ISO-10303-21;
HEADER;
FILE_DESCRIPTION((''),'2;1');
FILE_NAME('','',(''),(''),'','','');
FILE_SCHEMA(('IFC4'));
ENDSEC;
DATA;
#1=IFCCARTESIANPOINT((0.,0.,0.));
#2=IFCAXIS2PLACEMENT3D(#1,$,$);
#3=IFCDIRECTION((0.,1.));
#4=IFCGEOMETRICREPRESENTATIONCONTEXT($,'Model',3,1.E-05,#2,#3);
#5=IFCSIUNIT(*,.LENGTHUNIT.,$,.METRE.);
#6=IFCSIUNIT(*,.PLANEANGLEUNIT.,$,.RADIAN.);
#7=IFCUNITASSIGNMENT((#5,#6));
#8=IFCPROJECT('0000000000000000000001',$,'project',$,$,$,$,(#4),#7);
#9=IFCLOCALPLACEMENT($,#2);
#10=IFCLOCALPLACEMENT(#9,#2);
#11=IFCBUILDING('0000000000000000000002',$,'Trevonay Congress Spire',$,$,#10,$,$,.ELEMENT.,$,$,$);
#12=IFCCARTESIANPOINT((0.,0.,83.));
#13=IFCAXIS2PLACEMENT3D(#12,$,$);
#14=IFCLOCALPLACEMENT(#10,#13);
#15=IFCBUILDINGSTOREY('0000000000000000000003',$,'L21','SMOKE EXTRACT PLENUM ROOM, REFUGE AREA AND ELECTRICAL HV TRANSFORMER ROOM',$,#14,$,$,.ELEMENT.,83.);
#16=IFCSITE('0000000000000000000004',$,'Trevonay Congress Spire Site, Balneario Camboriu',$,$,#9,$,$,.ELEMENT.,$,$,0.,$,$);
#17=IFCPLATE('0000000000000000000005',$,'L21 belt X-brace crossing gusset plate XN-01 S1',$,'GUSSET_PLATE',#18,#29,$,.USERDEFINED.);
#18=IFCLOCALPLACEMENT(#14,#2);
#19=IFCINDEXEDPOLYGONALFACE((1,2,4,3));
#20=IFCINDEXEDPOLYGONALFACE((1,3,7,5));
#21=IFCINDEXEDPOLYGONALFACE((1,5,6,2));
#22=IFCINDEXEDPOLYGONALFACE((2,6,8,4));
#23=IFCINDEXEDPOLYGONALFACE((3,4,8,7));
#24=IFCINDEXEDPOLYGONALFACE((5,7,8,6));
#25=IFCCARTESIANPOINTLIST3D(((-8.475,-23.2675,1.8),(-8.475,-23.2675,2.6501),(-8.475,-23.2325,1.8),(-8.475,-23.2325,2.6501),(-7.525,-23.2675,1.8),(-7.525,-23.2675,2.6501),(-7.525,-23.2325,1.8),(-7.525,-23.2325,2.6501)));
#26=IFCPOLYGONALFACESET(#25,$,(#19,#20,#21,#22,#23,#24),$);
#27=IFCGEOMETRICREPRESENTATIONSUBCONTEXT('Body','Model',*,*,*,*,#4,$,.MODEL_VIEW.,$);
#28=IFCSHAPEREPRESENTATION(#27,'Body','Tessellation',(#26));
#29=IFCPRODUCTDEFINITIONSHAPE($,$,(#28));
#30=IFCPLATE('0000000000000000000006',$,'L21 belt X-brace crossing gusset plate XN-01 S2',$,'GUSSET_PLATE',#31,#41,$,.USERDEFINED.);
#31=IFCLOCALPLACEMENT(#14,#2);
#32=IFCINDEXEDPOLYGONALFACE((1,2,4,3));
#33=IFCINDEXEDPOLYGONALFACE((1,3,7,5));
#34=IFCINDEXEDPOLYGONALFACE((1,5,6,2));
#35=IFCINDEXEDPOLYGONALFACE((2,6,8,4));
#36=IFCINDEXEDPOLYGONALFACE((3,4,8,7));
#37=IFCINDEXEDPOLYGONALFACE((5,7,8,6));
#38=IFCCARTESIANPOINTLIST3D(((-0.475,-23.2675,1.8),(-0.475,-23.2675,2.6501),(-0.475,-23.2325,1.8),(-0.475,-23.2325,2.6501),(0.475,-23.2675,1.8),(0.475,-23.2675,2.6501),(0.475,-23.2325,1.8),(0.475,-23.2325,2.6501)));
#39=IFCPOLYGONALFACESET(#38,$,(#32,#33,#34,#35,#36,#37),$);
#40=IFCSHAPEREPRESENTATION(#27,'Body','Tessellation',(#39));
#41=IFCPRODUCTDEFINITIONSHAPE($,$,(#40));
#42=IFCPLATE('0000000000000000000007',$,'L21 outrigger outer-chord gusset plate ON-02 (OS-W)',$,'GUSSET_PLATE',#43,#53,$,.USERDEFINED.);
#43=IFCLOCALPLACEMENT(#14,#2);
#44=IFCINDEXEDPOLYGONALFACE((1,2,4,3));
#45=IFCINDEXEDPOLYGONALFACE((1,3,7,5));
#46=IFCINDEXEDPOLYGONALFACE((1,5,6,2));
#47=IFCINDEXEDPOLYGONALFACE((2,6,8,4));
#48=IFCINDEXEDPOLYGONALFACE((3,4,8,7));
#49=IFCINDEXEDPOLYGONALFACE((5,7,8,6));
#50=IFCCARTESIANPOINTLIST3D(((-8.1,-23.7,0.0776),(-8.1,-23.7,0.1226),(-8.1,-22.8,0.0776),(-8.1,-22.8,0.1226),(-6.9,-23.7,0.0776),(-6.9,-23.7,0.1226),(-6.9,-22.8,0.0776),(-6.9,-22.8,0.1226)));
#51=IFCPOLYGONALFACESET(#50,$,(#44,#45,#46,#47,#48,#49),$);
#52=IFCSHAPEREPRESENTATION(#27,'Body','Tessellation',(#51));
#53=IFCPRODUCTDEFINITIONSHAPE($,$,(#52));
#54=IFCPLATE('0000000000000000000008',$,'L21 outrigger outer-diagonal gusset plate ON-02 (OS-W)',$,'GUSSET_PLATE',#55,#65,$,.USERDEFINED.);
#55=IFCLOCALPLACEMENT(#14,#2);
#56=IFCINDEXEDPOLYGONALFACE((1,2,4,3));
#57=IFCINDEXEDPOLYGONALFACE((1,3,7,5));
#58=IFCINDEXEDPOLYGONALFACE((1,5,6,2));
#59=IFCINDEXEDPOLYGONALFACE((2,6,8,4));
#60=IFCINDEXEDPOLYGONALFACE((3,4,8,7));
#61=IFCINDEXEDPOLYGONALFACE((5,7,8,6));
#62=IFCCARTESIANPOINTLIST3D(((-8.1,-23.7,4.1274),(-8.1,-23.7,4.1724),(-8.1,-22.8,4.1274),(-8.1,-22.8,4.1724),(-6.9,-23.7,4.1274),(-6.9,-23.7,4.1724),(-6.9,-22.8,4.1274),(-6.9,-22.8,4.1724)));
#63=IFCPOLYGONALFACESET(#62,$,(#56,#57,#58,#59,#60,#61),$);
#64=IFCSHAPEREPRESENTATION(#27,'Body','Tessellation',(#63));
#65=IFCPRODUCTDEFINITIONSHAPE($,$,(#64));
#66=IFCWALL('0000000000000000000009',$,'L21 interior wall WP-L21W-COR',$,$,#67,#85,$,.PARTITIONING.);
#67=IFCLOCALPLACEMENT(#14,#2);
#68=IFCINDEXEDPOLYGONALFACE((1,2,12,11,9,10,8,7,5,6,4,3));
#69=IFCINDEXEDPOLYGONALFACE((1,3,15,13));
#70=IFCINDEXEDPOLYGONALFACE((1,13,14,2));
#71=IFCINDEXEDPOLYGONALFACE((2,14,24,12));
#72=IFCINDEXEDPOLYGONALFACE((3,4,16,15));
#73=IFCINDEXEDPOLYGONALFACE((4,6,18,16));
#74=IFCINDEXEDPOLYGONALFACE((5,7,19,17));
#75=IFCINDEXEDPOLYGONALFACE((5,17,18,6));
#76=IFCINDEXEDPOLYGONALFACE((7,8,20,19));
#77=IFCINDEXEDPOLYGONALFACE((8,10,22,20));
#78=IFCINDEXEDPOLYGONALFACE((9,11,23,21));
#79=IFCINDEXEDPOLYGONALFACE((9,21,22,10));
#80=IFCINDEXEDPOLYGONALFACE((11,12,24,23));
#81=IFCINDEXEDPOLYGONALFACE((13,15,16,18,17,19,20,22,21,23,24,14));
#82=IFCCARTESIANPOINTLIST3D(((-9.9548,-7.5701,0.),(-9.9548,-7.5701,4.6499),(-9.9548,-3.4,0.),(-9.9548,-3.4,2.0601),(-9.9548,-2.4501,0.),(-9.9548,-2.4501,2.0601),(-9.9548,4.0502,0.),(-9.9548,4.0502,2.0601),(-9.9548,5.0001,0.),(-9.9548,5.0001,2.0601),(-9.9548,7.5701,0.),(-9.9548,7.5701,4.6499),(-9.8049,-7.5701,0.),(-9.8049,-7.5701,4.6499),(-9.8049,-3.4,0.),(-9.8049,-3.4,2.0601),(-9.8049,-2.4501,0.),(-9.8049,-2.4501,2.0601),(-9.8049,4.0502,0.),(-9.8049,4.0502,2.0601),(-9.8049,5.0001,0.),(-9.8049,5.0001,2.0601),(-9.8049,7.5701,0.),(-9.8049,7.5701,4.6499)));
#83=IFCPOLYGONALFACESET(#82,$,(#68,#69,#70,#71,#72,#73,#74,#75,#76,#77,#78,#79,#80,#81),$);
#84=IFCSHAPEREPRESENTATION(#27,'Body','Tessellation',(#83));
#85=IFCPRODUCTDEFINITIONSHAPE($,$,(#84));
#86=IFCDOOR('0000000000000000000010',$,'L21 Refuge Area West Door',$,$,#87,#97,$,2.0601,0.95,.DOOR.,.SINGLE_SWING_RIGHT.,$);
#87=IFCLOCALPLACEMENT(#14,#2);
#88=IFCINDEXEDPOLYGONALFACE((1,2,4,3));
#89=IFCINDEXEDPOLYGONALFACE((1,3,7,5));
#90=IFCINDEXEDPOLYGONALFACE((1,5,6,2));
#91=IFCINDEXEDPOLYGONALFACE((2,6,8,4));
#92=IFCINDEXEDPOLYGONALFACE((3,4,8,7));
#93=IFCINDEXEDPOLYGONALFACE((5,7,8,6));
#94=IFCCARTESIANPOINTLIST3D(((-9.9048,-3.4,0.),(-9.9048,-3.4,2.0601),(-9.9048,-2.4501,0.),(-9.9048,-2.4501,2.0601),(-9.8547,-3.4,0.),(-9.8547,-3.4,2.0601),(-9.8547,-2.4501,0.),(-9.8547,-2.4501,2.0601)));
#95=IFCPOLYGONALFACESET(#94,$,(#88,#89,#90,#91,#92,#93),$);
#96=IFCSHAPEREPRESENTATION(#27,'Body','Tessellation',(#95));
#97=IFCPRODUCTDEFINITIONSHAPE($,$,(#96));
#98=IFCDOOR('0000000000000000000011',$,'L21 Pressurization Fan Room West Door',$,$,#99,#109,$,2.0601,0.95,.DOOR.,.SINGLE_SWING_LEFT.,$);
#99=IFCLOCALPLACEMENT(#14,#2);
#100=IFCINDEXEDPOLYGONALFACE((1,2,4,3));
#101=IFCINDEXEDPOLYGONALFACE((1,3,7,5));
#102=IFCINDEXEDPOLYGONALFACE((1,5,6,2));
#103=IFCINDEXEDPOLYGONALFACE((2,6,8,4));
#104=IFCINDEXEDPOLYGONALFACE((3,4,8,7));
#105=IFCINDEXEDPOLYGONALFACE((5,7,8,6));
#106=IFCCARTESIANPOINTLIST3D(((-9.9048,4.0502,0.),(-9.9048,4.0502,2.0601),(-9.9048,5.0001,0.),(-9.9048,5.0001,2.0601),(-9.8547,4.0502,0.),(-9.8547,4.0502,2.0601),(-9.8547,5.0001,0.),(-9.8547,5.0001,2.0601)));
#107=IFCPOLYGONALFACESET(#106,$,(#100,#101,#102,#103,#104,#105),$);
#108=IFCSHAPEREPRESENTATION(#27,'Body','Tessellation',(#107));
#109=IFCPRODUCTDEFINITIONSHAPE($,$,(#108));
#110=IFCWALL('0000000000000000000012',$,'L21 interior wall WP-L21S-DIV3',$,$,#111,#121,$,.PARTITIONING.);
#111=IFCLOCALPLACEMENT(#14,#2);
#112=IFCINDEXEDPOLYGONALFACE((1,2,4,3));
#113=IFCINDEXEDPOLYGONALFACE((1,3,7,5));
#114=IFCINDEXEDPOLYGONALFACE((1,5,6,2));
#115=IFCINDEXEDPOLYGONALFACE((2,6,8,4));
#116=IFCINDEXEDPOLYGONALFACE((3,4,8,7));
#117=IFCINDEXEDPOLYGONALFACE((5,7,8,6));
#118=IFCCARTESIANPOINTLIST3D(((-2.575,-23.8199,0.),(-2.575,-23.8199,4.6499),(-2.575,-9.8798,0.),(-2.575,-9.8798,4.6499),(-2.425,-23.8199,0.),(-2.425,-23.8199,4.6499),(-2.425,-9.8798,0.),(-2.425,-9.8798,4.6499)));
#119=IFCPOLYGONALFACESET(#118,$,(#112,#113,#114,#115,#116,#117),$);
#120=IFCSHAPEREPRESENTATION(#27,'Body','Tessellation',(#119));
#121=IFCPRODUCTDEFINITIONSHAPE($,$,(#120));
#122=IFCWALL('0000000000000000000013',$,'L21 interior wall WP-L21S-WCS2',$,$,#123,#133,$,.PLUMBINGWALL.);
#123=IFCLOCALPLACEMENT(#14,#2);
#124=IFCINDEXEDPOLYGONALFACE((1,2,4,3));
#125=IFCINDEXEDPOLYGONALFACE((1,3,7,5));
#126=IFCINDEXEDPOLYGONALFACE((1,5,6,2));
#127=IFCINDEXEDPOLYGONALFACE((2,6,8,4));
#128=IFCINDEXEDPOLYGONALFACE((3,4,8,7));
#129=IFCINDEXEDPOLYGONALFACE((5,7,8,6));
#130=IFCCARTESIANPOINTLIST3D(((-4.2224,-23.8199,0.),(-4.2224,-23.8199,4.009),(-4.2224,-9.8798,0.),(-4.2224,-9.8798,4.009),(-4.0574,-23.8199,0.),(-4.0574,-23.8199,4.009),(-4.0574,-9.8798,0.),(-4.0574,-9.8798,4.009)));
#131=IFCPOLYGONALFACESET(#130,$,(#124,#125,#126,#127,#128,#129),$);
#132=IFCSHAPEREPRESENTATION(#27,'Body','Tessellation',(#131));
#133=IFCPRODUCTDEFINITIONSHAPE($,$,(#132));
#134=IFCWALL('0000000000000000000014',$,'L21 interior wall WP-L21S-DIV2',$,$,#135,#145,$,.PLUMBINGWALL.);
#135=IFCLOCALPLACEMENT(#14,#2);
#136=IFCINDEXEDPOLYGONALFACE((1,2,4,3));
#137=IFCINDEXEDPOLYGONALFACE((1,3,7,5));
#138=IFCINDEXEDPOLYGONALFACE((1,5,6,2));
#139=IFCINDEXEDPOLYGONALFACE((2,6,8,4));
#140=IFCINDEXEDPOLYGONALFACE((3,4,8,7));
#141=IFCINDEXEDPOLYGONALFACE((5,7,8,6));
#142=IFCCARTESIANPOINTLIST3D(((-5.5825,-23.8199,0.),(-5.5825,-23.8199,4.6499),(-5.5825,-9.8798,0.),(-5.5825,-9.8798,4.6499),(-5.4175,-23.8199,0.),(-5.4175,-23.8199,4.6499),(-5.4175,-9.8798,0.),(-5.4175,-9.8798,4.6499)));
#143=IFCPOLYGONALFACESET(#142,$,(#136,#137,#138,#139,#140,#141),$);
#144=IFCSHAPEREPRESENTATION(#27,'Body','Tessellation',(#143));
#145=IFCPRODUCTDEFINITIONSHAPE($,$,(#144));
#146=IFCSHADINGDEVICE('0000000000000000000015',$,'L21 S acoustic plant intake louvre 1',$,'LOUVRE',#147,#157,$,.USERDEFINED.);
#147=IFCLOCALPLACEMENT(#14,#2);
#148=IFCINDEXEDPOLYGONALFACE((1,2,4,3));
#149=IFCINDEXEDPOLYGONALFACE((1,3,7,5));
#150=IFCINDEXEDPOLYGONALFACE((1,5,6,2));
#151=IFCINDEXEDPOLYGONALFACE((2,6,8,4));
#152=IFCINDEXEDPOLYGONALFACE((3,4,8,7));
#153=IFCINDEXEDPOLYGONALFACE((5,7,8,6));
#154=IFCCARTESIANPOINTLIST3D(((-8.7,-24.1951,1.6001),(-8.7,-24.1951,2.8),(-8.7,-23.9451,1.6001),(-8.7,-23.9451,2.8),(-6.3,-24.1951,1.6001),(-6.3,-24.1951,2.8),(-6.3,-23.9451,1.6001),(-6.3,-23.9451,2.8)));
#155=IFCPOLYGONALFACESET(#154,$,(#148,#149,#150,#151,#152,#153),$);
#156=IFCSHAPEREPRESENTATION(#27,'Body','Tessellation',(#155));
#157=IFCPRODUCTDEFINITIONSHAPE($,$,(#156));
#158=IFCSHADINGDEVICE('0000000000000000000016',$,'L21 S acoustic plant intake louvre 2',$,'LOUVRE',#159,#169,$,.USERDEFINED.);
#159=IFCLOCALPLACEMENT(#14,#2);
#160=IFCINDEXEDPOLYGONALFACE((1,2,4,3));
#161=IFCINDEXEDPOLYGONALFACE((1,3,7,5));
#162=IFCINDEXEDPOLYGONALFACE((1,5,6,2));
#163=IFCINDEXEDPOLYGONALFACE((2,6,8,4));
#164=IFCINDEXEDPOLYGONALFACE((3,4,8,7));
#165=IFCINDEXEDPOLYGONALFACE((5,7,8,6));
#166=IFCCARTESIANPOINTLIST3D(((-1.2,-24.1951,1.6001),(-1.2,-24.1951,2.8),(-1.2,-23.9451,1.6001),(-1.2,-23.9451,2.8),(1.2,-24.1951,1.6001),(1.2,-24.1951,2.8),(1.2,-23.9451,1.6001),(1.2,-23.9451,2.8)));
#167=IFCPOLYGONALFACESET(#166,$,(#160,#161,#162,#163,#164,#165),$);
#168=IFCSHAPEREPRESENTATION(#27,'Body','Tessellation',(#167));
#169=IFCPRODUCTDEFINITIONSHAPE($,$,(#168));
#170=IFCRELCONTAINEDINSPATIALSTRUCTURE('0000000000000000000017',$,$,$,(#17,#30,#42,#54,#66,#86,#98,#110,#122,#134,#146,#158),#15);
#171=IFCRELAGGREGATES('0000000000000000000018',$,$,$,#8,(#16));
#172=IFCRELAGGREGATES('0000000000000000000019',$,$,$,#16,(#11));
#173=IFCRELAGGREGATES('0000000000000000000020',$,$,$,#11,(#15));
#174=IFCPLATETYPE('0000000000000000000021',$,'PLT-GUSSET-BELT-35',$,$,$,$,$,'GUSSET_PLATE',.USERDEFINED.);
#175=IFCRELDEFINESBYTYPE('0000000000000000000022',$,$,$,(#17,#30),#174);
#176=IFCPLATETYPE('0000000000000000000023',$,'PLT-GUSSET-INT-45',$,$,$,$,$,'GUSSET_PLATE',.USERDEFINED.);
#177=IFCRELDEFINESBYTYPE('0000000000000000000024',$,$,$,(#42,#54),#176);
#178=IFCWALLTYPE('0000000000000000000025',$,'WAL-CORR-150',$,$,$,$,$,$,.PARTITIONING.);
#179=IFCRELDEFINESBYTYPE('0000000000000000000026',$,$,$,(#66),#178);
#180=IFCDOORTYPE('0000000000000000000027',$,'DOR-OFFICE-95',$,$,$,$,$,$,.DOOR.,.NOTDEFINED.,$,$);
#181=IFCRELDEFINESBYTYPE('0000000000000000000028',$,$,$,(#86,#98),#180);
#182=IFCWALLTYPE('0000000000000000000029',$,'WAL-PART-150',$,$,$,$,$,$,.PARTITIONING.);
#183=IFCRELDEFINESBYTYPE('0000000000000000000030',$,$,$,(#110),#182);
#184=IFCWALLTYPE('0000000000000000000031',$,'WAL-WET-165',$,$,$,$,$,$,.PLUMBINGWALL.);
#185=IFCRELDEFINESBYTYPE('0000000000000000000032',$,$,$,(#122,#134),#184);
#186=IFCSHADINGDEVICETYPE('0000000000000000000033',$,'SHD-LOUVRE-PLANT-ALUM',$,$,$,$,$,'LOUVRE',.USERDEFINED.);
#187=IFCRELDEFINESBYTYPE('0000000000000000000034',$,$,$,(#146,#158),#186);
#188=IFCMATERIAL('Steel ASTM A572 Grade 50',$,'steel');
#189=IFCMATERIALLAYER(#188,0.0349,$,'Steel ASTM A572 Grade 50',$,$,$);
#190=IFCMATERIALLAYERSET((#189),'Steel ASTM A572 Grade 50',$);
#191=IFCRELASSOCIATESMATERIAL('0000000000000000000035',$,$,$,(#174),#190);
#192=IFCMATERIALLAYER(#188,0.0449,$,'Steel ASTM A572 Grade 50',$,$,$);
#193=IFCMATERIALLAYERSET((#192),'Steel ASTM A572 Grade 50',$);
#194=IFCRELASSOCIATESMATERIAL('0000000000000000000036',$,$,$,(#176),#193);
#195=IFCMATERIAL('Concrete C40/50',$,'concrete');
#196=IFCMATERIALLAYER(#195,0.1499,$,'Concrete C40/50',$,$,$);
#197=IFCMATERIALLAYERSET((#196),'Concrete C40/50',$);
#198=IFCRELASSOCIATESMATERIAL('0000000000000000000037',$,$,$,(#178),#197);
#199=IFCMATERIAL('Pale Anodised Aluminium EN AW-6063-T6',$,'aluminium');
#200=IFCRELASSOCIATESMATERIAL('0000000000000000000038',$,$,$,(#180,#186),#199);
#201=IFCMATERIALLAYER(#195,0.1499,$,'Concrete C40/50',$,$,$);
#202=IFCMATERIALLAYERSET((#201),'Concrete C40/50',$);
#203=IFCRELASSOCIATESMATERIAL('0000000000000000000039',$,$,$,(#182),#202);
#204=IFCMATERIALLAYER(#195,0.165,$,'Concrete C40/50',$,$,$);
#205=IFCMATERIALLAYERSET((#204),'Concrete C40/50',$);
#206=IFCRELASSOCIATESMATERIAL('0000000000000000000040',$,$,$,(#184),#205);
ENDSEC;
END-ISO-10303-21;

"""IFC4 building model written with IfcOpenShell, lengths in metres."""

from ifc_helpers import new_model, si_unit, direction, frame, frame_2d, origin, origin_2d, place, context, subcontext, project, spatial, rectangle, extrude, material, layer, layer_set, type_object, element, fill, save


model = new_model("IFC4")

# Units and contexts
model_context = context("Model", 3, precision=1e-05, world=origin(), true_north=direction((0.0, 1.0)))
body_context = subcontext(model_context, "Body", "Model", "MODEL_VIEW")
ifc_project = project(units=[si_unit("LENGTHUNIT", "METRE"), si_unit("PLANEANGLEUNIT", "RADIAN")], contexts=[model_context])

# Site, building, storey
site_placement = place(None, origin())
site = spatial("IfcSite", under=ifc_project, at=site_placement, Name="Trevonay Congress Spire Site, Balneario Camboriu", CompositionType="ELEMENT", RefElevation=0.0)
building_placement = place(site_placement, origin())
building = spatial("IfcBuilding", under=site, at=building_placement, Name="Trevonay Congress Spire", CompositionType="ELEMENT")
storey_placement = place(building_placement, frame((0.0, 0.0, 83.0)))
storey = spatial("IfcBuildingStorey", under=building, at=storey_placement, Name="L21", Description="SMOKE EXTRACT PLENUM ROOM, REFUGE AREA AND ELECTRICAL HV TRANSFORMER ROOM", CompositionType="ELEMENT", Elevation=83.0)

# Shared definitions
ifc_material_1 = material(Name="Steel ASTM A572 Grade 50", Category="steel")

# Plates
ifc_layer_1 = layer(ifc_material_1, 0.0349, Name="Steel ASTM A572 Grade 50")
ifc_layer_set_1 = layer_set([ifc_layer_1], Name="Steel ASTM A572 Grade 50")
plate_type_1 = type_object("IfcPlateType", Name="PLT-GUSSET-BELT-35", ElementType="GUSSET_PLATE", PredefinedType="USERDEFINED", material=ifc_layer_set_1)
for number, where, z_axis, x_axis, name in (
    (1, (-8.0, -23.25, 1.8), (0.0, 0.0, 1.0), (1.0, 0.0, 0.0), "L21 belt X-brace crossing gusset plate XN-01 S1"),
    (2, (0.0, -23.25, 1.8), (0.0, 0.0, 1.0), (1.0, 0.0, 0.0), "L21 belt X-brace crossing gusset plate XN-01 S2"),
):
    element("IfcPlate", number, at=place(storey_placement, frame(where, z_axis=z_axis, x_axis=x_axis)), inside=storey, type_object=plate_type_1, Name=name, ObjectType="GUSSET_PLATE", PredefinedType="USERDEFINED", context=body_context, shape_type="SweptSolid", body=[
        extrude(rectangle(XDim=0.95, YDim=0.0349, at=origin_2d()), origin(), (0.0, 0.0, 1.0), 0.8501),
    ])
ifc_layer_2 = layer(ifc_material_1, 0.0449, Name="Steel ASTM A572 Grade 50")
ifc_layer_set_2 = layer_set([ifc_layer_2], Name="Steel ASTM A572 Grade 50")
plate_type_2 = type_object("IfcPlateType", Name="PLT-GUSSET-INT-45", ElementType="GUSSET_PLATE", PredefinedType="USERDEFINED", material=ifc_layer_set_2)
for number, where, z_axis, x_axis, name in (
    (3, (-7.5, -23.25, 0.0776), (0.0, 0.0, 1.0), (1.0, 0.0, 0.0), "L21 outrigger outer-chord gusset plate ON-02 (OS-W)"),
    (4, (-7.5, -23.25, 4.1274), (0.0, 0.0, 1.0), (1.0, 0.0, 0.0), "L21 outrigger outer-diagonal gusset plate ON-02 (OS-W)"),
):
    element("IfcPlate", number, at=place(storey_placement, frame(where, z_axis=z_axis, x_axis=x_axis)), inside=storey, type_object=plate_type_2, Name=name, ObjectType="GUSSET_PLATE", PredefinedType="USERDEFINED", context=body_context, shape_type="SweptSolid", body=[
        extrude(rectangle(XDim=1.2, YDim=0.8999, at=origin_2d()), origin(), (0.0, 0.0, 1.0), 0.0449),
    ])

# Wall, openings, doors
ifc_material_2 = material(Name="Concrete C40/50", Category="concrete")
ifc_layer_3 = layer(ifc_material_2, 0.1499, Name="Concrete C40/50")
ifc_layer_set_3 = layer_set([ifc_layer_3], Name="Concrete C40/50")
wall_type_1 = type_object("IfcWallType", Name="WAL-CORR-150", PredefinedType="PARTITIONING", material=ifc_layer_set_3)
wall_1_placement = place(storey_placement, frame((-9.8799, -7.5701, 0.0), z_axis=(0.0, 0.0, 1.0), x_axis=(0.0, 1.0, 0.0)))
wall_1 = element("IfcWall", 5, at=wall_1_placement, inside=storey, type_object=wall_type_1, Name="L21 interior wall WP-L21W-COR", PredefinedType="PARTITIONING", context=body_context, shape_type="SweptSolid", body=[
    extrude(rectangle(XDim=15.1401, YDim=0.1499, at=frame_2d((7.5701, 0.0))), origin(), (0.0, 0.0, 1.0), 4.6499),
])
opening_1_placement = place(wall_1_placement, frame((4.1699, 0.0, 0.0)))
opening_1 = element("IfcOpeningElement", 6, at=opening_1_placement, cuts=wall_1, PredefinedType="OPENING", context=body_context, shape_type="SweptSolid", body=[
    extrude(rectangle(XDim=0.95, YDim=2.0601, at=frame_2d((0.4751, 1.03))), frame((0.0, 0.085, 0.0), z_axis=(0.0, -1.0, 0.0), x_axis=(1.0, 0.0, 0.0)), (0.0, 0.0, 1.0), 0.1699),
])
opening_2_placement = place(wall_1_placement, frame((11.6201, 0.0, 0.0)))
opening_2 = element("IfcOpeningElement", 7, at=opening_2_placement, cuts=wall_1, PredefinedType="OPENING", context=body_context, shape_type="SweptSolid", body=[
    extrude(rectangle(XDim=0.95, YDim=2.0601, at=frame_2d((0.4751, 1.03))), frame((0.0, 0.085, 0.0), z_axis=(0.0, -1.0, 0.0), x_axis=(1.0, 0.0, 0.0)), (0.0, 0.0, 1.0), 0.1699),
])
ifc_material_3 = material(Name="Pale Anodised Aluminium EN AW-6063-T6", Category="aluminium")
door_type = type_object("IfcDoorType", Name="DOR-OFFICE-95", OperationType="NOTDEFINED", PredefinedType="DOOR", material=ifc_material_3)
door_1_placement = place(opening_1_placement, origin())
door_1 = element("IfcDoor", 8, at=door_1_placement, inside=storey, type_object=door_type, Name="L21 Refuge Area West Door", OperationType="SINGLE_SWING_RIGHT", OverallHeight=2.0601, OverallWidth=0.95, PredefinedType="DOOR", context=body_context, shape_type="SweptSolid", body=[
    extrude(rectangle(XDim=0.95, YDim=2.0601, at=frame_2d((0.4751, 1.03))), frame((0.0, 0.0249, 0.0), z_axis=(0.0, -1.0, 0.0), x_axis=(1.0, 0.0, 0.0)), (0.0, 0.0, 1.0), 0.05),
])
fill(opening_1, door_1)
door_2_placement = place(opening_2_placement, origin())
door_2 = element("IfcDoor", 9, at=door_2_placement, inside=storey, type_object=door_type, Name="L21 Pressurization Fan Room West Door", OperationType="SINGLE_SWING_LEFT", OverallHeight=2.0601, OverallWidth=0.95, PredefinedType="DOOR", context=body_context, shape_type="SweptSolid", body=[
    extrude(rectangle(XDim=0.95, YDim=2.0601, at=frame_2d((0.4751, 1.03))), frame((0.0, 0.0249, 0.0), z_axis=(0.0, -1.0, 0.0), x_axis=(1.0, 0.0, 0.0)), (0.0, 0.0, 1.0), 0.05),
])
fill(opening_2, door_2)

# Walls
ifc_layer_4 = layer(ifc_material_2, 0.1499, Name="Concrete C40/50")
ifc_layer_set_4 = layer_set([ifc_layer_4], Name="Concrete C40/50")
wall_type_2 = type_object("IfcWallType", Name="WAL-PART-150", PredefinedType="PARTITIONING", material=ifc_layer_set_4)
wall_2_placement = place(storey_placement, frame((-2.5, -23.8201, 0.0), z_axis=(0.0, 0.0, 1.0), x_axis=(0.0, 1.0, 0.0)))
element("IfcWall", 10, at=wall_2_placement, inside=storey, type_object=wall_type_2, Name="L21 interior wall WP-L21S-DIV3", PredefinedType="PARTITIONING", context=body_context, shape_type="SweptSolid", body=[
    extrude(rectangle(XDim=13.9402, YDim=0.1499, at=frame_2d((6.9702, 0.0))), origin(), (0.0, 0.0, 1.0), 4.6499),
])
ifc_layer_5 = layer(ifc_material_2, 0.165, Name="Concrete C40/50")
ifc_layer_set_5 = layer_set([ifc_layer_5], Name="Concrete C40/50")
wall_type_3 = type_object("IfcWallType", Name="WAL-WET-165", PredefinedType="PLUMBINGWALL", material=ifc_layer_set_5)
wall_3_placement = place(storey_placement, frame((-4.1399, -23.8201, 0.0), z_axis=(0.0, 0.0, 1.0), x_axis=(0.0, 1.0, 0.0)))
element("IfcWall", 11, at=wall_3_placement, inside=storey, type_object=wall_type_3, Name="L21 interior wall WP-L21S-WCS2", PredefinedType="PLUMBINGWALL", context=body_context, shape_type="SweptSolid", body=[
    extrude(rectangle(XDim=13.9402, YDim=0.165, at=frame_2d((6.9702, 0.0))), origin(), (0.0, 0.0, 1.0), 4.009),
])
wall_4_placement = place(storey_placement, frame((-5.5, -23.8201, 0.0), z_axis=(0.0, 0.0, 1.0), x_axis=(0.0, 1.0, 0.0)))
element("IfcWall", 12, at=wall_4_placement, inside=storey, type_object=wall_type_3, Name="L21 interior wall WP-L21S-DIV2", PredefinedType="PLUMBINGWALL", context=body_context, shape_type="SweptSolid", body=[
    extrude(rectangle(XDim=13.9402, YDim=0.165, at=frame_2d((6.9702, 0.0))), origin(), (0.0, 0.0, 1.0), 4.6499),
])

# Shading devices
shading_device_type = type_object("IfcShadingDeviceType", Name="SHD-LOUVRE-PLANT-ALUM", ElementType="LOUVRE", PredefinedType="USERDEFINED", material=ifc_material_3)
for number, where, z_axis, x_axis, name in (
    (13, (-7.5, -24.0701, 1.6001), (0.0, 0.0, 1.0), (1.0, 0.0, 0.0), "L21 S acoustic plant intake louvre 1"),
    (14, (0.0, -24.0701, 1.6001), (0.0, 0.0, 1.0), (1.0, 0.0, 0.0), "L21 S acoustic plant intake louvre 2"),
):
    element("IfcShadingDevice", number, at=place(storey_placement, frame(where, z_axis=z_axis, x_axis=x_axis)), inside=storey, type_object=shading_device_type, Name=name, ObjectType="LOUVRE", PredefinedType="USERDEFINED", context=body_context, shape_type="SweptSolid", body=[
        extrude(rectangle(XDim=2.3999, YDim=0.25, at=origin_2d()), origin(), (0.0, 0.0, 1.0), 1.2),
    ])

save(model, "model.ifc")
